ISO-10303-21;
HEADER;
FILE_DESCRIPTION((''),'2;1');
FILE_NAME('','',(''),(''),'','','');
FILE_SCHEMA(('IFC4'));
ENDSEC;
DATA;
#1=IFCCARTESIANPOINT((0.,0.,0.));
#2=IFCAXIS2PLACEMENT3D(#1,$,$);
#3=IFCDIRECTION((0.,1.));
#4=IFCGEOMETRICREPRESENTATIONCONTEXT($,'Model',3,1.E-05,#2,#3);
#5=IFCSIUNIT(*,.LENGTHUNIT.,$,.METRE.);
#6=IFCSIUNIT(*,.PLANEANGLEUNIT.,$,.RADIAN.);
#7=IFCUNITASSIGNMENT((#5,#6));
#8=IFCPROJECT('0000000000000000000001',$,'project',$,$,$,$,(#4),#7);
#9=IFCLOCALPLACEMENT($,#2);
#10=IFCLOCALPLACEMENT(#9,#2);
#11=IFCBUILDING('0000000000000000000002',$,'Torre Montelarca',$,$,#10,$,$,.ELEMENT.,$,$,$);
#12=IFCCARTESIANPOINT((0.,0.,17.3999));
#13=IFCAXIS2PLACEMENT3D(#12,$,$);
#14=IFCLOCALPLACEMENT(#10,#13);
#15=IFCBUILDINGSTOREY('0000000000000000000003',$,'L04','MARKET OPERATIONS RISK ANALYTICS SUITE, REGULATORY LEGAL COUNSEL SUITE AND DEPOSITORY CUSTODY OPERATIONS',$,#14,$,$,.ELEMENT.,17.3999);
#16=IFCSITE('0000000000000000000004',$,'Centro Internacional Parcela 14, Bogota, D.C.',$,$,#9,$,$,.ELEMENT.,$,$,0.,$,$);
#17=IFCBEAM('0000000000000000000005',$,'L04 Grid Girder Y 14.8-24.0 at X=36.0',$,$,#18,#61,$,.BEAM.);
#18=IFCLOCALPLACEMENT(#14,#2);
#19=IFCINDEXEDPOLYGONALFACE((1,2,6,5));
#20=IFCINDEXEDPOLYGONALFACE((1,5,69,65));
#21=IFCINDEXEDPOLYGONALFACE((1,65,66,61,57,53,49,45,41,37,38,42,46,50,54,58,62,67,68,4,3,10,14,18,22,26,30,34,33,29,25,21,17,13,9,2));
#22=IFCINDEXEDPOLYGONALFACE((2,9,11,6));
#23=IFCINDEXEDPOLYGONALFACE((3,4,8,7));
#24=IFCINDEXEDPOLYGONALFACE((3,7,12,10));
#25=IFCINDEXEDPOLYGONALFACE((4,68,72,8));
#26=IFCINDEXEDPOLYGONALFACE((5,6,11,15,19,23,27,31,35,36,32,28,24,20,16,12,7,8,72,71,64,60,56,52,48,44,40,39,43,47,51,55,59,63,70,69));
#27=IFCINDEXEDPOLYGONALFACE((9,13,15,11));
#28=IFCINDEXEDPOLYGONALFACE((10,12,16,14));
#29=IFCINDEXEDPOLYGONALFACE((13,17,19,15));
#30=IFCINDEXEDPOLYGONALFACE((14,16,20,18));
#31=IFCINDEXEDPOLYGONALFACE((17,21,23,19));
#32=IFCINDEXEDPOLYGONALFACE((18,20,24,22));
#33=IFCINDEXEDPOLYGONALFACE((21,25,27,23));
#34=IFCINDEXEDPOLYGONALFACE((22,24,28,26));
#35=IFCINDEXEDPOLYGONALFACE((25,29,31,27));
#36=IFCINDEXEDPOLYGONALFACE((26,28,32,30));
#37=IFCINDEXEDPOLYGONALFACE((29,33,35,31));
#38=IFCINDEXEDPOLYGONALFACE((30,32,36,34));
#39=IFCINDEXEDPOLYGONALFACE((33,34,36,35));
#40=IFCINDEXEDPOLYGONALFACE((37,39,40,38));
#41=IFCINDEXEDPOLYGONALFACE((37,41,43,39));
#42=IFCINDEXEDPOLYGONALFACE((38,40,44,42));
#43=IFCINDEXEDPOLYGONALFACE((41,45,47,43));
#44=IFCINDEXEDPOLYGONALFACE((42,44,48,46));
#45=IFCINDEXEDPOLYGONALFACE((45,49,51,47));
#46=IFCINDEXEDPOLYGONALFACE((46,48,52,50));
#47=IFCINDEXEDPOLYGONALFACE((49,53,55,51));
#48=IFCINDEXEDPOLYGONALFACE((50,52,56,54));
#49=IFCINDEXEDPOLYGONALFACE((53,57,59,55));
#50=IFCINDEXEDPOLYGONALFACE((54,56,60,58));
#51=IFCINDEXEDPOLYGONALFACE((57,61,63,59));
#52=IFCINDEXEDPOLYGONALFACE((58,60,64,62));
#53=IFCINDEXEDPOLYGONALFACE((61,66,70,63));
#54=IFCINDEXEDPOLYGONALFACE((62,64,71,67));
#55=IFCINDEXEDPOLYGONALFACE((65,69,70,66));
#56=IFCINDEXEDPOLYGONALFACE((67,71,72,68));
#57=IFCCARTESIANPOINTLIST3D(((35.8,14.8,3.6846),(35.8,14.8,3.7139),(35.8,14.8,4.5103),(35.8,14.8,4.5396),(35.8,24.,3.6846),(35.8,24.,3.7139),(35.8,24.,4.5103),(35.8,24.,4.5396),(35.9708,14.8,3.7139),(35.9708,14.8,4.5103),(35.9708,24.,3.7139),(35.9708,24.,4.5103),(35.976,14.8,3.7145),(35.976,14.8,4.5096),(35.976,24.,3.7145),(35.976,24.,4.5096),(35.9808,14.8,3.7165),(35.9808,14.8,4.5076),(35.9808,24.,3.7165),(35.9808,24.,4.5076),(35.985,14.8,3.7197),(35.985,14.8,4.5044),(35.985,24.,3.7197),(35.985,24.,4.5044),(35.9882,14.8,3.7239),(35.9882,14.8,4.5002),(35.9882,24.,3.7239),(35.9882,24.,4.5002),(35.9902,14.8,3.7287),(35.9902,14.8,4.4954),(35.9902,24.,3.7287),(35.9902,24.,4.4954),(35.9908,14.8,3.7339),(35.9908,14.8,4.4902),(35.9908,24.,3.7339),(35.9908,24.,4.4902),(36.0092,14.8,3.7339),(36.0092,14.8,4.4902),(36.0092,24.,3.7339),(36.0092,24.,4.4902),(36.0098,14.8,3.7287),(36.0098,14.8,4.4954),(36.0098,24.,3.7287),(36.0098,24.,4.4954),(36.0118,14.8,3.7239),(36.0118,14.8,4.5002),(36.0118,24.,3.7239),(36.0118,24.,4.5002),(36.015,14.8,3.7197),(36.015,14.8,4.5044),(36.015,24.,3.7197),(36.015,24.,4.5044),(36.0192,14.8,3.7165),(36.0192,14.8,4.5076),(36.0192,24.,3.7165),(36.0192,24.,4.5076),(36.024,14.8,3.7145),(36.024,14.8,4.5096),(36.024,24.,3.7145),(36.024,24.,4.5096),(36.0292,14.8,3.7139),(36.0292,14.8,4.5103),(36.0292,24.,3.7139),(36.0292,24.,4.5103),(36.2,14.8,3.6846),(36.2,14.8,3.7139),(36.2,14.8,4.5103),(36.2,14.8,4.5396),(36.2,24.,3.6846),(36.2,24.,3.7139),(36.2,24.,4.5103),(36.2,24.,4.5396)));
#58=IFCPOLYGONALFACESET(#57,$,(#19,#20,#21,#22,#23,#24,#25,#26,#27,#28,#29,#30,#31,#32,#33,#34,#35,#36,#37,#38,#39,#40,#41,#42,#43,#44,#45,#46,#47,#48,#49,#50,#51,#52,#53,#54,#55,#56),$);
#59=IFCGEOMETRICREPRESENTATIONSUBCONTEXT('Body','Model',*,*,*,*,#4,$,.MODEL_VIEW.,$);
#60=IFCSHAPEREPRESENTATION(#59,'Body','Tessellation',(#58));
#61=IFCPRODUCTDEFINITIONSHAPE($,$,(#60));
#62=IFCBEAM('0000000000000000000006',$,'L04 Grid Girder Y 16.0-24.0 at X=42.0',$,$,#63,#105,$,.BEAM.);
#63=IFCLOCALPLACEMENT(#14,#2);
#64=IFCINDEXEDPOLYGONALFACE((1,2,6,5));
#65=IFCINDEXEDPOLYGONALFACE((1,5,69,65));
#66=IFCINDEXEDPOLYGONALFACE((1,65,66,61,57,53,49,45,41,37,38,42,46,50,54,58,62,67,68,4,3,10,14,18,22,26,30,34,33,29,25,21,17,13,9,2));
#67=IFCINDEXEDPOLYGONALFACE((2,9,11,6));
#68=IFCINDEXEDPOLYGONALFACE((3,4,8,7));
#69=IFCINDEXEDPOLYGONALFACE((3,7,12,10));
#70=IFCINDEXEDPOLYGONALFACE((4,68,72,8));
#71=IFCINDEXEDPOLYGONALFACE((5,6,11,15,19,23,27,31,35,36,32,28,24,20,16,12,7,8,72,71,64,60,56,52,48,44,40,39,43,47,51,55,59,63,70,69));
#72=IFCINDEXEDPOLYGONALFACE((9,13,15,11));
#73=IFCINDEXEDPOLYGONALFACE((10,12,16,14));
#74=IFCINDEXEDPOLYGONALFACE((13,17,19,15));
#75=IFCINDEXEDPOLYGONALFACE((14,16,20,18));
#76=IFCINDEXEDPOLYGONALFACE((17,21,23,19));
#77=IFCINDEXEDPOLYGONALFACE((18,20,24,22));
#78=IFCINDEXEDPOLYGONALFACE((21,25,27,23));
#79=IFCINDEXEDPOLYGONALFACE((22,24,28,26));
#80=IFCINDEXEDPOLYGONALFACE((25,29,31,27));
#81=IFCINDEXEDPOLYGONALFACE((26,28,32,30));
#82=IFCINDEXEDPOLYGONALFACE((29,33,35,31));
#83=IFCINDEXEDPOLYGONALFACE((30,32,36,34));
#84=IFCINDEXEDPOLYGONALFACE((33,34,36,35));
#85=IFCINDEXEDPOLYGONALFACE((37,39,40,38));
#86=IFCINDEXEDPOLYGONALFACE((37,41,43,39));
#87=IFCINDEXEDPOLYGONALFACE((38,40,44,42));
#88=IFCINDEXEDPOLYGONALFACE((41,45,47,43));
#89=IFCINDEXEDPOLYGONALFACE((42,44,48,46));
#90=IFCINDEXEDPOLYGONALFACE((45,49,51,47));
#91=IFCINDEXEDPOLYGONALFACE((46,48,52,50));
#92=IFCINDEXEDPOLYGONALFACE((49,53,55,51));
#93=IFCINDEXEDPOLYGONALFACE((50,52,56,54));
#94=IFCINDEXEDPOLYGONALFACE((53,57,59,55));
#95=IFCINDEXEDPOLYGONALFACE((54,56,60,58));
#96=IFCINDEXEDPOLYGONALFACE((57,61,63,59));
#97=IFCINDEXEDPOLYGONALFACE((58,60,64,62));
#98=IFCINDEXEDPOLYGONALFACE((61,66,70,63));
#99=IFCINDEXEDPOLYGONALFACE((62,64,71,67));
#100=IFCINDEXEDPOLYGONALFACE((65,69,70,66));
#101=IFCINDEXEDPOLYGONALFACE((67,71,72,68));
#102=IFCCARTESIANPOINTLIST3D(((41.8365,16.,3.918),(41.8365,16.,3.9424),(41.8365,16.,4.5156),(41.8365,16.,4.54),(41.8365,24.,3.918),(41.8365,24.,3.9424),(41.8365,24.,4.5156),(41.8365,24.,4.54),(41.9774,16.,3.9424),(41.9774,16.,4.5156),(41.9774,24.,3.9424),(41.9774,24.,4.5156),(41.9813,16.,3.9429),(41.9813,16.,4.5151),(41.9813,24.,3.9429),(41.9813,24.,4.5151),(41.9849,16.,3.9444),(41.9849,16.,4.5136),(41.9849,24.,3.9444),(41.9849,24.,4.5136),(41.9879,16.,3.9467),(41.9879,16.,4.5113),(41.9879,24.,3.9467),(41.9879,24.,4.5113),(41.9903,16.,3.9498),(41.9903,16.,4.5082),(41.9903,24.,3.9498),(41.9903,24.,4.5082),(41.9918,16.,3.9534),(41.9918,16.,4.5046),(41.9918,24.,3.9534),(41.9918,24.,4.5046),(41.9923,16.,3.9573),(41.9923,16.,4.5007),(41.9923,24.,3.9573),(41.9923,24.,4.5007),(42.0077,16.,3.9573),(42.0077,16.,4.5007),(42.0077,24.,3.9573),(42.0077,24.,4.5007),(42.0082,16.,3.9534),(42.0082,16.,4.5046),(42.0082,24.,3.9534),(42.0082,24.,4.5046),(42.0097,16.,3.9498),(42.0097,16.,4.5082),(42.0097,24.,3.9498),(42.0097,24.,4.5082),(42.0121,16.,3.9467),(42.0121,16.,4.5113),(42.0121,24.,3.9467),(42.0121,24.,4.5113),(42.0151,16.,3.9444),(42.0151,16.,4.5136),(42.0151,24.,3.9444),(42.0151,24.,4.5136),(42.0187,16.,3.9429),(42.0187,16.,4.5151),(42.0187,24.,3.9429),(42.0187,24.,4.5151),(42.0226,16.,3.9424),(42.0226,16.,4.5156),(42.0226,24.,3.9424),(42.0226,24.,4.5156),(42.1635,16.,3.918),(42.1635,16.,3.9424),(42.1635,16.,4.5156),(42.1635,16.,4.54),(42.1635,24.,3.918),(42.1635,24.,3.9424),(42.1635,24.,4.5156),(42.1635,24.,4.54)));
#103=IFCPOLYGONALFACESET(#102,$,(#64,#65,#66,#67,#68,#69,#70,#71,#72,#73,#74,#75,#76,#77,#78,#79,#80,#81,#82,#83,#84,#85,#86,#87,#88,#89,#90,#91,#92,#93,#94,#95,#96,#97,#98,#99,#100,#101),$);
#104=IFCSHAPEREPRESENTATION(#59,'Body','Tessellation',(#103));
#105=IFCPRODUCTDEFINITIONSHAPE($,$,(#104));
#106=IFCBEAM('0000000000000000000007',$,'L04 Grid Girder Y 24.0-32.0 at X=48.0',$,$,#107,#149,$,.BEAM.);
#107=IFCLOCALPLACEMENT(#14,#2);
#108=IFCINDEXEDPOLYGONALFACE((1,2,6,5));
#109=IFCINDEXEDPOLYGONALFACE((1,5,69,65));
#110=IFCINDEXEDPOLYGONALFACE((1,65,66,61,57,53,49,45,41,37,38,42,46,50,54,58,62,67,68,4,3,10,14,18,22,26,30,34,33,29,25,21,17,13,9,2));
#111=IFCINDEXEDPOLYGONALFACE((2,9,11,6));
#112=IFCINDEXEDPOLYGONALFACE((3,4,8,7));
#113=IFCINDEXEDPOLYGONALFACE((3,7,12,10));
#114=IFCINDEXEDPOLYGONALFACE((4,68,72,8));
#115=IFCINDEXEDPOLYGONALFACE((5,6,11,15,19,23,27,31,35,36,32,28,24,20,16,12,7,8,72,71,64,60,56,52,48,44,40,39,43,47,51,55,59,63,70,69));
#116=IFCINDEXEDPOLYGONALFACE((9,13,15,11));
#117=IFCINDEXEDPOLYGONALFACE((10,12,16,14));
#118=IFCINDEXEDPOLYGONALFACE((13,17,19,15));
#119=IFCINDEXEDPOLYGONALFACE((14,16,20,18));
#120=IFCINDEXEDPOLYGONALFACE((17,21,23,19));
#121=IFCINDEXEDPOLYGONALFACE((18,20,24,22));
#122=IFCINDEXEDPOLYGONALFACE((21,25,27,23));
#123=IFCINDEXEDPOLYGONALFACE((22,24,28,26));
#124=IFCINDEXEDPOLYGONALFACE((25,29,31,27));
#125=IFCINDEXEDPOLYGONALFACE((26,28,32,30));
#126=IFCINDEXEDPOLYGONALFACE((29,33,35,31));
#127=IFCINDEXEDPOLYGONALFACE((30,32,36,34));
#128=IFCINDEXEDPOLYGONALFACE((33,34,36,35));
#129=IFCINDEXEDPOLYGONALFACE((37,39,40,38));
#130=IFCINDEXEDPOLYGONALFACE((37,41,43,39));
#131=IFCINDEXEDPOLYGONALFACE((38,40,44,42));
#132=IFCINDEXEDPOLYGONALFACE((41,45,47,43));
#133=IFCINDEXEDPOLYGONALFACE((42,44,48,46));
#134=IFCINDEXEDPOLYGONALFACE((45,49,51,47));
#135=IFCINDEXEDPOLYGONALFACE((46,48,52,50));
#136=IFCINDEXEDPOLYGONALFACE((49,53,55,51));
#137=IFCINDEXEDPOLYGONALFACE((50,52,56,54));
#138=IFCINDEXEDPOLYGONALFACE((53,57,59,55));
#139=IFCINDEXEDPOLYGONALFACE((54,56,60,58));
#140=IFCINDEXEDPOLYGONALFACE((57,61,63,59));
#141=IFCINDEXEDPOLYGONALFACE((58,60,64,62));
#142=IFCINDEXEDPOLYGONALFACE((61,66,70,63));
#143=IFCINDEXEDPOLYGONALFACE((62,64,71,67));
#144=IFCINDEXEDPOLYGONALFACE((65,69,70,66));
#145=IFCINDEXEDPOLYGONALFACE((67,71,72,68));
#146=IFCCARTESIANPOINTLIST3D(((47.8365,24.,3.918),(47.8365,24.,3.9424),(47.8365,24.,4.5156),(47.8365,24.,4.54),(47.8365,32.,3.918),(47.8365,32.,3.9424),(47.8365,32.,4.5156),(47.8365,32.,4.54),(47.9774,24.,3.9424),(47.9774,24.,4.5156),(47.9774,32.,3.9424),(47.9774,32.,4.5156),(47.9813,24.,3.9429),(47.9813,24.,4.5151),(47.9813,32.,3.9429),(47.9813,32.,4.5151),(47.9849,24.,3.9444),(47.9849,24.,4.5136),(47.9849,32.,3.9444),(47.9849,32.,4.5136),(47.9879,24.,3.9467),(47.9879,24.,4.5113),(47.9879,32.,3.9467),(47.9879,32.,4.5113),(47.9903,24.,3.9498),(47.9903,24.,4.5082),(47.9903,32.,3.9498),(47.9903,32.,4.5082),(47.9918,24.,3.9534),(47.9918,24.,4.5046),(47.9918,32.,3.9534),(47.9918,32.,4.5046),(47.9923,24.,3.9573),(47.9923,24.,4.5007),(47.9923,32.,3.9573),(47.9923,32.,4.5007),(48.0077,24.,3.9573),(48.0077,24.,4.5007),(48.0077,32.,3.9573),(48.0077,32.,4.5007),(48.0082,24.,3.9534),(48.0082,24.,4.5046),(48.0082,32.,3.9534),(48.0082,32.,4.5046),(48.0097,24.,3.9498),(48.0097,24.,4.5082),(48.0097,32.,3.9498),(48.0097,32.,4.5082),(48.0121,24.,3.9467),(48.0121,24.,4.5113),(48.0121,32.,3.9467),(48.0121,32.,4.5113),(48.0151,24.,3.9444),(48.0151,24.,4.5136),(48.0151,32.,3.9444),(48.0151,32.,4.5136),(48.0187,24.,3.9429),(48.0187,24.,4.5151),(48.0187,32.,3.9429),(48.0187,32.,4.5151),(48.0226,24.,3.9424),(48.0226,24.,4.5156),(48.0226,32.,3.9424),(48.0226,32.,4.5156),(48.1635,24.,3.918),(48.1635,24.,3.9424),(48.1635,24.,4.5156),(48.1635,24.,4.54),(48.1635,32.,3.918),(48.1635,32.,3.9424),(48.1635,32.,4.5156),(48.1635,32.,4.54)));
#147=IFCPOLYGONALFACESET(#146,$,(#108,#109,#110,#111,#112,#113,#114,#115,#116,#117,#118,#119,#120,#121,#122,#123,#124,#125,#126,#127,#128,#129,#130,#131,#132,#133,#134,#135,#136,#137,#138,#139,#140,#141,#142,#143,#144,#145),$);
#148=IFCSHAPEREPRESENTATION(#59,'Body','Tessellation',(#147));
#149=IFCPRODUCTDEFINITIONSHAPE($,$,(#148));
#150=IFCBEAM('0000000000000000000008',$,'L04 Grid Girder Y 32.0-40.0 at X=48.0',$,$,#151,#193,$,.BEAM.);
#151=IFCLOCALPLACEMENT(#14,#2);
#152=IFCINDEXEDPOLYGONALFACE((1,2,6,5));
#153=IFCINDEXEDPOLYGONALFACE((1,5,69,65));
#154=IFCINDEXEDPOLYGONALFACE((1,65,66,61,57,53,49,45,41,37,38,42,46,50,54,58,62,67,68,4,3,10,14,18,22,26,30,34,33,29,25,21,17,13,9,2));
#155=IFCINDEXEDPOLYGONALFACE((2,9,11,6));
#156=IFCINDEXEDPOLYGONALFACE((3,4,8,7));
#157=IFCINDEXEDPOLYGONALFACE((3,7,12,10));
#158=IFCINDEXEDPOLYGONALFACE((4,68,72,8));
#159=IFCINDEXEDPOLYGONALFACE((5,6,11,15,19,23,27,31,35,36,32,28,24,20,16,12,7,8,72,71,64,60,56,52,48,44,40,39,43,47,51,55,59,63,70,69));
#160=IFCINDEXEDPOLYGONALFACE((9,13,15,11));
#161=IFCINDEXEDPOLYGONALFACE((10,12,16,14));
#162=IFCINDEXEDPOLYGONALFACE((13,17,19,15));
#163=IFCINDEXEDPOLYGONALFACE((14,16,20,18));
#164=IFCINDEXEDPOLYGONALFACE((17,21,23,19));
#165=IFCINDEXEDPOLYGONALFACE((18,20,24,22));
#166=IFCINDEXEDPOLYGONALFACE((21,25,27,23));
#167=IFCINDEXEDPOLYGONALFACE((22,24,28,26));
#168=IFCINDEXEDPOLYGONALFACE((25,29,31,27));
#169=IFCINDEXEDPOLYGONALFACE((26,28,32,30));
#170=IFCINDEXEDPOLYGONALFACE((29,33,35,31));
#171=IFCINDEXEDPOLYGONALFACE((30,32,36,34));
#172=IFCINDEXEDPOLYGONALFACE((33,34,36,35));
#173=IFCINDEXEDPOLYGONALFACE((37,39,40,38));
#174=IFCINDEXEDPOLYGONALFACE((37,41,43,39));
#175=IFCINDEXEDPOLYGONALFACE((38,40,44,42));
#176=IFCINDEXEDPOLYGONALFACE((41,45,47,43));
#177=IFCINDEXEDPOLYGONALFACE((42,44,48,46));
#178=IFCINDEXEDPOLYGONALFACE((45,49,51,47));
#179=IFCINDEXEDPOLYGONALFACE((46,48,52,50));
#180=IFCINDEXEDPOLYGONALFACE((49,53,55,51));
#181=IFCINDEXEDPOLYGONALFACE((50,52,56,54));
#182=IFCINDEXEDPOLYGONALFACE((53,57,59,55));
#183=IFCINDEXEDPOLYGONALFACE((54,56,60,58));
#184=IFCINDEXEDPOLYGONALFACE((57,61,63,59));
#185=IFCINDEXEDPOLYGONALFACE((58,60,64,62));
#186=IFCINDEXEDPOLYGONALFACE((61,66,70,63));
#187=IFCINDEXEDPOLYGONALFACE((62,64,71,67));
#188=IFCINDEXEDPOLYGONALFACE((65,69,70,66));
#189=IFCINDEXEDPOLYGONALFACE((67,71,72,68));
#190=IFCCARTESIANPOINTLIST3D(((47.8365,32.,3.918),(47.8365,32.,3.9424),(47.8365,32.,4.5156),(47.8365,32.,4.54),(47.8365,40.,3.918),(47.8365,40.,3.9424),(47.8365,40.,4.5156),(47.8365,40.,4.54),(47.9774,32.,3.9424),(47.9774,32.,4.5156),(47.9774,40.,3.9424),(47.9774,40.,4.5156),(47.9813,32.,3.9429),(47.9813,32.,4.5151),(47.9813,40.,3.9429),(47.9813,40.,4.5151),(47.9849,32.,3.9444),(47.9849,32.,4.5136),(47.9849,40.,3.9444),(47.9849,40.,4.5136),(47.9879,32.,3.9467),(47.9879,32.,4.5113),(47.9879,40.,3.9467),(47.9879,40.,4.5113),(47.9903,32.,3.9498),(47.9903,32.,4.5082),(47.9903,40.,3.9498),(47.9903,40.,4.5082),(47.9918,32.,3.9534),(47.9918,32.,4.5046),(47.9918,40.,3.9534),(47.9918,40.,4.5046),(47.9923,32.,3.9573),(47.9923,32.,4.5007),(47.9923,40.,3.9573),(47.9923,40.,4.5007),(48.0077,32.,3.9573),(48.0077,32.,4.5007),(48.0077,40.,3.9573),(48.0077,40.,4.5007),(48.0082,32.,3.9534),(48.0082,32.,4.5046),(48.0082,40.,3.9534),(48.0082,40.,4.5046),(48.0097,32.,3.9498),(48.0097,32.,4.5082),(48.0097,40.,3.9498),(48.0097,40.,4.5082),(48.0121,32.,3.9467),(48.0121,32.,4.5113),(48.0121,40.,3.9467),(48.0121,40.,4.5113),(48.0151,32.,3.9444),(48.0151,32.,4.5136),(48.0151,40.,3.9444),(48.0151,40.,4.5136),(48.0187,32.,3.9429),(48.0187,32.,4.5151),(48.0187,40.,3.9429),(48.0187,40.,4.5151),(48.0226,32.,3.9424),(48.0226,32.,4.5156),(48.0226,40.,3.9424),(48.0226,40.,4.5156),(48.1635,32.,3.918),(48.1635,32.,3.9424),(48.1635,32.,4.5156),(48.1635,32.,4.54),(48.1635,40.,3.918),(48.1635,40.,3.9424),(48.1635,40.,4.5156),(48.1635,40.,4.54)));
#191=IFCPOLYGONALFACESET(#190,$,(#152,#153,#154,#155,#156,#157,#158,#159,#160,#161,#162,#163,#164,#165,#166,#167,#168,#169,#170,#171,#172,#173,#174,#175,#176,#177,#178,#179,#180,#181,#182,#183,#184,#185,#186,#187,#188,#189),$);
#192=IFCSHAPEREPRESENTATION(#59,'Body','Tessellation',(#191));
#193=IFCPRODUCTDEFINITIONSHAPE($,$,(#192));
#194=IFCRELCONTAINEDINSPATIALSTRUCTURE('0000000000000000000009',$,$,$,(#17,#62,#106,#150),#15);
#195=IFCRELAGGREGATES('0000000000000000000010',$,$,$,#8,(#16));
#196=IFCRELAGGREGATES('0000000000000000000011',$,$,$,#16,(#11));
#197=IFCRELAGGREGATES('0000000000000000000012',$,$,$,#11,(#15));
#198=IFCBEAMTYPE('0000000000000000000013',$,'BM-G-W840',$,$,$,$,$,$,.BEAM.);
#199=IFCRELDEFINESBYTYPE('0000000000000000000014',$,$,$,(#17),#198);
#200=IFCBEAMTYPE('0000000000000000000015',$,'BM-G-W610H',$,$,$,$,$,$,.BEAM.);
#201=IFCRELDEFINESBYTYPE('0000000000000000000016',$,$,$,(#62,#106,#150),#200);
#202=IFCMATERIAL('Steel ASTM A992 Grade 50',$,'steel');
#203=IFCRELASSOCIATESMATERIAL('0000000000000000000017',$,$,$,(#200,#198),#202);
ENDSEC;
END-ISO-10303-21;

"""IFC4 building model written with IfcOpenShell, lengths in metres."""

from ifc_helpers import new_model, si_unit, direction, frame, origin, origin_2d, place, context, subcontext, project, spatial, i_section, extrude, source, transform, mapped, material, material_profile, profile_set, type_object, element, save


model = new_model("IFC4")

# Units and contexts
model_context = context("Model", 3, precision=1e-05, world=origin(), true_north=direction((0.0, 1.0)))
body_context = subcontext(model_context, "Body", "Model", "MODEL_VIEW")
ifc_project = project(units=[si_unit("LENGTHUNIT", "METRE"), si_unit("PLANEANGLEUNIT", "RADIAN")], contexts=[model_context])

# Site, building, storey
site_placement = place(None, origin())
site = spatial("IfcSite", under=ifc_project, at=site_placement, Name="Centro Internacional Parcela 14, Bogota, D.C.", CompositionType="ELEMENT", RefElevation=0.0)
building_placement = place(site_placement, origin())
building = spatial("IfcBuilding", under=site, at=building_placement, Name="Torre Montelarca", CompositionType="ELEMENT")
storey_placement = place(building_placement, frame((0.0, 0.0, 17.3999)))
storey = spatial("IfcBuildingStorey", under=building, at=storey_placement, Name="L04", Description="MARKET OPERATIONS RISK ANALYTICS SUITE, REGULATORY LEGAL COUNSEL SUITE AND DEPOSITORY CUSTODY OPERATIONS", CompositionType="ELEMENT", Elevation=17.3999)

# Beams
ifc_material_1 = material(Name="Steel ASTM A992 Grade 50", Category="steel")
ifc_material_profile_1 = material_profile(ifc_material_1, i_section(OverallWidth=0.3269, OverallDepth=0.6221, WebThickness=0.0154, FlangeThickness=0.0244, FilletRadius=0.0149, at=origin_2d()), Name="W610X195", Category="steel")
ifc_profile_set_1 = profile_set([ifc_material_profile_1], Name="Steel ASTM A992 Grade 50")
beam_type_1 = type_object("IfcBeamType", Name="BM-G-W610H", PredefinedType="BEAM", material=ifc_profile_set_1)
ifc_material_profile_2 = material_profile(ifc_material_1, i_section(OverallWidth=0.3999, OverallDepth=0.855, WebThickness=0.0183, FlangeThickness=0.0293, FilletRadius=0.02, at=origin_2d()), Name="W840X299", Category="steel")
ifc_profile_set_2 = profile_set([ifc_material_profile_2], Name="Steel ASTM A992 Grade 50")
beam_type_2 = type_object("IfcBeamType", Name="BM-G-W840", PredefinedType="BEAM", material=ifc_profile_set_2)
shared_shape_1 = source(origin(), body_context, "Body", "SweptSolid", [
    extrude(i_section(OverallWidth=0.3999, OverallDepth=0.855, WebThickness=0.0183, FlangeThickness=0.0293, FilletRadius=0.02, at=origin_2d()), origin(), (0.0, 0.0, 1.0), 9.2),
])
beam_1_placement = place(storey_placement, frame((36.0, 14.8, 4.1121), z_axis=(0.0, 1.0, 0.0), x_axis=(-1.0, 0.0, 0.0)))
element("IfcBeam", 1, at=beam_1_placement, inside=storey, type_object=beam_type_2, Name="L04 Grid Girder Y 14.8-24.0 at X=36.0", PredefinedType="BEAM", context=body_context, shape_type="MappedRepresentation", body=[
    mapped(shared_shape_1, transform((0.0, 0.0, 0.0), scale=1.0)),
])
shared_shape_2 = source(origin(), body_context, "Body", "SweptSolid", [
    extrude(i_section(OverallWidth=0.3269, OverallDepth=0.6221, WebThickness=0.0154, FlangeThickness=0.0244, FilletRadius=0.0149, at=origin_2d()), origin(), (0.0, 0.0, 1.0), 8.0),
])
for number, where, z_axis, x_axis, name in (
    (2, (42.0, 16.0, 4.229), (0.0, 1.0, 0.0), (-1.0, 0.0, 0.0), "L04 Grid Girder Y 16.0-24.0 at X=42.0"),
    (3, (48.0, 24.0, 4.229), (0.0, 1.0, 0.0), (-1.0, 0.0, 0.0), "L04 Grid Girder Y 24.0-32.0 at X=48.0"),
    (4, (48.0, 32.0, 4.229), (0.0, 1.0, 0.0), (-1.0, 0.0, 0.0), "L04 Grid Girder Y 32.0-40.0 at X=48.0"),
):
    element("IfcBeam", number, at=place(storey_placement, frame(where, z_axis=z_axis, x_axis=x_axis)), inside=storey, type_object=beam_type_1, Name=name, PredefinedType="BEAM", context=body_context, shape_type="MappedRepresentation", body=[
        mapped(shared_shape_2, transform((0.0, 0.0, 0.0), scale=1.0)),
    ])

save(model, "model.ifc")
